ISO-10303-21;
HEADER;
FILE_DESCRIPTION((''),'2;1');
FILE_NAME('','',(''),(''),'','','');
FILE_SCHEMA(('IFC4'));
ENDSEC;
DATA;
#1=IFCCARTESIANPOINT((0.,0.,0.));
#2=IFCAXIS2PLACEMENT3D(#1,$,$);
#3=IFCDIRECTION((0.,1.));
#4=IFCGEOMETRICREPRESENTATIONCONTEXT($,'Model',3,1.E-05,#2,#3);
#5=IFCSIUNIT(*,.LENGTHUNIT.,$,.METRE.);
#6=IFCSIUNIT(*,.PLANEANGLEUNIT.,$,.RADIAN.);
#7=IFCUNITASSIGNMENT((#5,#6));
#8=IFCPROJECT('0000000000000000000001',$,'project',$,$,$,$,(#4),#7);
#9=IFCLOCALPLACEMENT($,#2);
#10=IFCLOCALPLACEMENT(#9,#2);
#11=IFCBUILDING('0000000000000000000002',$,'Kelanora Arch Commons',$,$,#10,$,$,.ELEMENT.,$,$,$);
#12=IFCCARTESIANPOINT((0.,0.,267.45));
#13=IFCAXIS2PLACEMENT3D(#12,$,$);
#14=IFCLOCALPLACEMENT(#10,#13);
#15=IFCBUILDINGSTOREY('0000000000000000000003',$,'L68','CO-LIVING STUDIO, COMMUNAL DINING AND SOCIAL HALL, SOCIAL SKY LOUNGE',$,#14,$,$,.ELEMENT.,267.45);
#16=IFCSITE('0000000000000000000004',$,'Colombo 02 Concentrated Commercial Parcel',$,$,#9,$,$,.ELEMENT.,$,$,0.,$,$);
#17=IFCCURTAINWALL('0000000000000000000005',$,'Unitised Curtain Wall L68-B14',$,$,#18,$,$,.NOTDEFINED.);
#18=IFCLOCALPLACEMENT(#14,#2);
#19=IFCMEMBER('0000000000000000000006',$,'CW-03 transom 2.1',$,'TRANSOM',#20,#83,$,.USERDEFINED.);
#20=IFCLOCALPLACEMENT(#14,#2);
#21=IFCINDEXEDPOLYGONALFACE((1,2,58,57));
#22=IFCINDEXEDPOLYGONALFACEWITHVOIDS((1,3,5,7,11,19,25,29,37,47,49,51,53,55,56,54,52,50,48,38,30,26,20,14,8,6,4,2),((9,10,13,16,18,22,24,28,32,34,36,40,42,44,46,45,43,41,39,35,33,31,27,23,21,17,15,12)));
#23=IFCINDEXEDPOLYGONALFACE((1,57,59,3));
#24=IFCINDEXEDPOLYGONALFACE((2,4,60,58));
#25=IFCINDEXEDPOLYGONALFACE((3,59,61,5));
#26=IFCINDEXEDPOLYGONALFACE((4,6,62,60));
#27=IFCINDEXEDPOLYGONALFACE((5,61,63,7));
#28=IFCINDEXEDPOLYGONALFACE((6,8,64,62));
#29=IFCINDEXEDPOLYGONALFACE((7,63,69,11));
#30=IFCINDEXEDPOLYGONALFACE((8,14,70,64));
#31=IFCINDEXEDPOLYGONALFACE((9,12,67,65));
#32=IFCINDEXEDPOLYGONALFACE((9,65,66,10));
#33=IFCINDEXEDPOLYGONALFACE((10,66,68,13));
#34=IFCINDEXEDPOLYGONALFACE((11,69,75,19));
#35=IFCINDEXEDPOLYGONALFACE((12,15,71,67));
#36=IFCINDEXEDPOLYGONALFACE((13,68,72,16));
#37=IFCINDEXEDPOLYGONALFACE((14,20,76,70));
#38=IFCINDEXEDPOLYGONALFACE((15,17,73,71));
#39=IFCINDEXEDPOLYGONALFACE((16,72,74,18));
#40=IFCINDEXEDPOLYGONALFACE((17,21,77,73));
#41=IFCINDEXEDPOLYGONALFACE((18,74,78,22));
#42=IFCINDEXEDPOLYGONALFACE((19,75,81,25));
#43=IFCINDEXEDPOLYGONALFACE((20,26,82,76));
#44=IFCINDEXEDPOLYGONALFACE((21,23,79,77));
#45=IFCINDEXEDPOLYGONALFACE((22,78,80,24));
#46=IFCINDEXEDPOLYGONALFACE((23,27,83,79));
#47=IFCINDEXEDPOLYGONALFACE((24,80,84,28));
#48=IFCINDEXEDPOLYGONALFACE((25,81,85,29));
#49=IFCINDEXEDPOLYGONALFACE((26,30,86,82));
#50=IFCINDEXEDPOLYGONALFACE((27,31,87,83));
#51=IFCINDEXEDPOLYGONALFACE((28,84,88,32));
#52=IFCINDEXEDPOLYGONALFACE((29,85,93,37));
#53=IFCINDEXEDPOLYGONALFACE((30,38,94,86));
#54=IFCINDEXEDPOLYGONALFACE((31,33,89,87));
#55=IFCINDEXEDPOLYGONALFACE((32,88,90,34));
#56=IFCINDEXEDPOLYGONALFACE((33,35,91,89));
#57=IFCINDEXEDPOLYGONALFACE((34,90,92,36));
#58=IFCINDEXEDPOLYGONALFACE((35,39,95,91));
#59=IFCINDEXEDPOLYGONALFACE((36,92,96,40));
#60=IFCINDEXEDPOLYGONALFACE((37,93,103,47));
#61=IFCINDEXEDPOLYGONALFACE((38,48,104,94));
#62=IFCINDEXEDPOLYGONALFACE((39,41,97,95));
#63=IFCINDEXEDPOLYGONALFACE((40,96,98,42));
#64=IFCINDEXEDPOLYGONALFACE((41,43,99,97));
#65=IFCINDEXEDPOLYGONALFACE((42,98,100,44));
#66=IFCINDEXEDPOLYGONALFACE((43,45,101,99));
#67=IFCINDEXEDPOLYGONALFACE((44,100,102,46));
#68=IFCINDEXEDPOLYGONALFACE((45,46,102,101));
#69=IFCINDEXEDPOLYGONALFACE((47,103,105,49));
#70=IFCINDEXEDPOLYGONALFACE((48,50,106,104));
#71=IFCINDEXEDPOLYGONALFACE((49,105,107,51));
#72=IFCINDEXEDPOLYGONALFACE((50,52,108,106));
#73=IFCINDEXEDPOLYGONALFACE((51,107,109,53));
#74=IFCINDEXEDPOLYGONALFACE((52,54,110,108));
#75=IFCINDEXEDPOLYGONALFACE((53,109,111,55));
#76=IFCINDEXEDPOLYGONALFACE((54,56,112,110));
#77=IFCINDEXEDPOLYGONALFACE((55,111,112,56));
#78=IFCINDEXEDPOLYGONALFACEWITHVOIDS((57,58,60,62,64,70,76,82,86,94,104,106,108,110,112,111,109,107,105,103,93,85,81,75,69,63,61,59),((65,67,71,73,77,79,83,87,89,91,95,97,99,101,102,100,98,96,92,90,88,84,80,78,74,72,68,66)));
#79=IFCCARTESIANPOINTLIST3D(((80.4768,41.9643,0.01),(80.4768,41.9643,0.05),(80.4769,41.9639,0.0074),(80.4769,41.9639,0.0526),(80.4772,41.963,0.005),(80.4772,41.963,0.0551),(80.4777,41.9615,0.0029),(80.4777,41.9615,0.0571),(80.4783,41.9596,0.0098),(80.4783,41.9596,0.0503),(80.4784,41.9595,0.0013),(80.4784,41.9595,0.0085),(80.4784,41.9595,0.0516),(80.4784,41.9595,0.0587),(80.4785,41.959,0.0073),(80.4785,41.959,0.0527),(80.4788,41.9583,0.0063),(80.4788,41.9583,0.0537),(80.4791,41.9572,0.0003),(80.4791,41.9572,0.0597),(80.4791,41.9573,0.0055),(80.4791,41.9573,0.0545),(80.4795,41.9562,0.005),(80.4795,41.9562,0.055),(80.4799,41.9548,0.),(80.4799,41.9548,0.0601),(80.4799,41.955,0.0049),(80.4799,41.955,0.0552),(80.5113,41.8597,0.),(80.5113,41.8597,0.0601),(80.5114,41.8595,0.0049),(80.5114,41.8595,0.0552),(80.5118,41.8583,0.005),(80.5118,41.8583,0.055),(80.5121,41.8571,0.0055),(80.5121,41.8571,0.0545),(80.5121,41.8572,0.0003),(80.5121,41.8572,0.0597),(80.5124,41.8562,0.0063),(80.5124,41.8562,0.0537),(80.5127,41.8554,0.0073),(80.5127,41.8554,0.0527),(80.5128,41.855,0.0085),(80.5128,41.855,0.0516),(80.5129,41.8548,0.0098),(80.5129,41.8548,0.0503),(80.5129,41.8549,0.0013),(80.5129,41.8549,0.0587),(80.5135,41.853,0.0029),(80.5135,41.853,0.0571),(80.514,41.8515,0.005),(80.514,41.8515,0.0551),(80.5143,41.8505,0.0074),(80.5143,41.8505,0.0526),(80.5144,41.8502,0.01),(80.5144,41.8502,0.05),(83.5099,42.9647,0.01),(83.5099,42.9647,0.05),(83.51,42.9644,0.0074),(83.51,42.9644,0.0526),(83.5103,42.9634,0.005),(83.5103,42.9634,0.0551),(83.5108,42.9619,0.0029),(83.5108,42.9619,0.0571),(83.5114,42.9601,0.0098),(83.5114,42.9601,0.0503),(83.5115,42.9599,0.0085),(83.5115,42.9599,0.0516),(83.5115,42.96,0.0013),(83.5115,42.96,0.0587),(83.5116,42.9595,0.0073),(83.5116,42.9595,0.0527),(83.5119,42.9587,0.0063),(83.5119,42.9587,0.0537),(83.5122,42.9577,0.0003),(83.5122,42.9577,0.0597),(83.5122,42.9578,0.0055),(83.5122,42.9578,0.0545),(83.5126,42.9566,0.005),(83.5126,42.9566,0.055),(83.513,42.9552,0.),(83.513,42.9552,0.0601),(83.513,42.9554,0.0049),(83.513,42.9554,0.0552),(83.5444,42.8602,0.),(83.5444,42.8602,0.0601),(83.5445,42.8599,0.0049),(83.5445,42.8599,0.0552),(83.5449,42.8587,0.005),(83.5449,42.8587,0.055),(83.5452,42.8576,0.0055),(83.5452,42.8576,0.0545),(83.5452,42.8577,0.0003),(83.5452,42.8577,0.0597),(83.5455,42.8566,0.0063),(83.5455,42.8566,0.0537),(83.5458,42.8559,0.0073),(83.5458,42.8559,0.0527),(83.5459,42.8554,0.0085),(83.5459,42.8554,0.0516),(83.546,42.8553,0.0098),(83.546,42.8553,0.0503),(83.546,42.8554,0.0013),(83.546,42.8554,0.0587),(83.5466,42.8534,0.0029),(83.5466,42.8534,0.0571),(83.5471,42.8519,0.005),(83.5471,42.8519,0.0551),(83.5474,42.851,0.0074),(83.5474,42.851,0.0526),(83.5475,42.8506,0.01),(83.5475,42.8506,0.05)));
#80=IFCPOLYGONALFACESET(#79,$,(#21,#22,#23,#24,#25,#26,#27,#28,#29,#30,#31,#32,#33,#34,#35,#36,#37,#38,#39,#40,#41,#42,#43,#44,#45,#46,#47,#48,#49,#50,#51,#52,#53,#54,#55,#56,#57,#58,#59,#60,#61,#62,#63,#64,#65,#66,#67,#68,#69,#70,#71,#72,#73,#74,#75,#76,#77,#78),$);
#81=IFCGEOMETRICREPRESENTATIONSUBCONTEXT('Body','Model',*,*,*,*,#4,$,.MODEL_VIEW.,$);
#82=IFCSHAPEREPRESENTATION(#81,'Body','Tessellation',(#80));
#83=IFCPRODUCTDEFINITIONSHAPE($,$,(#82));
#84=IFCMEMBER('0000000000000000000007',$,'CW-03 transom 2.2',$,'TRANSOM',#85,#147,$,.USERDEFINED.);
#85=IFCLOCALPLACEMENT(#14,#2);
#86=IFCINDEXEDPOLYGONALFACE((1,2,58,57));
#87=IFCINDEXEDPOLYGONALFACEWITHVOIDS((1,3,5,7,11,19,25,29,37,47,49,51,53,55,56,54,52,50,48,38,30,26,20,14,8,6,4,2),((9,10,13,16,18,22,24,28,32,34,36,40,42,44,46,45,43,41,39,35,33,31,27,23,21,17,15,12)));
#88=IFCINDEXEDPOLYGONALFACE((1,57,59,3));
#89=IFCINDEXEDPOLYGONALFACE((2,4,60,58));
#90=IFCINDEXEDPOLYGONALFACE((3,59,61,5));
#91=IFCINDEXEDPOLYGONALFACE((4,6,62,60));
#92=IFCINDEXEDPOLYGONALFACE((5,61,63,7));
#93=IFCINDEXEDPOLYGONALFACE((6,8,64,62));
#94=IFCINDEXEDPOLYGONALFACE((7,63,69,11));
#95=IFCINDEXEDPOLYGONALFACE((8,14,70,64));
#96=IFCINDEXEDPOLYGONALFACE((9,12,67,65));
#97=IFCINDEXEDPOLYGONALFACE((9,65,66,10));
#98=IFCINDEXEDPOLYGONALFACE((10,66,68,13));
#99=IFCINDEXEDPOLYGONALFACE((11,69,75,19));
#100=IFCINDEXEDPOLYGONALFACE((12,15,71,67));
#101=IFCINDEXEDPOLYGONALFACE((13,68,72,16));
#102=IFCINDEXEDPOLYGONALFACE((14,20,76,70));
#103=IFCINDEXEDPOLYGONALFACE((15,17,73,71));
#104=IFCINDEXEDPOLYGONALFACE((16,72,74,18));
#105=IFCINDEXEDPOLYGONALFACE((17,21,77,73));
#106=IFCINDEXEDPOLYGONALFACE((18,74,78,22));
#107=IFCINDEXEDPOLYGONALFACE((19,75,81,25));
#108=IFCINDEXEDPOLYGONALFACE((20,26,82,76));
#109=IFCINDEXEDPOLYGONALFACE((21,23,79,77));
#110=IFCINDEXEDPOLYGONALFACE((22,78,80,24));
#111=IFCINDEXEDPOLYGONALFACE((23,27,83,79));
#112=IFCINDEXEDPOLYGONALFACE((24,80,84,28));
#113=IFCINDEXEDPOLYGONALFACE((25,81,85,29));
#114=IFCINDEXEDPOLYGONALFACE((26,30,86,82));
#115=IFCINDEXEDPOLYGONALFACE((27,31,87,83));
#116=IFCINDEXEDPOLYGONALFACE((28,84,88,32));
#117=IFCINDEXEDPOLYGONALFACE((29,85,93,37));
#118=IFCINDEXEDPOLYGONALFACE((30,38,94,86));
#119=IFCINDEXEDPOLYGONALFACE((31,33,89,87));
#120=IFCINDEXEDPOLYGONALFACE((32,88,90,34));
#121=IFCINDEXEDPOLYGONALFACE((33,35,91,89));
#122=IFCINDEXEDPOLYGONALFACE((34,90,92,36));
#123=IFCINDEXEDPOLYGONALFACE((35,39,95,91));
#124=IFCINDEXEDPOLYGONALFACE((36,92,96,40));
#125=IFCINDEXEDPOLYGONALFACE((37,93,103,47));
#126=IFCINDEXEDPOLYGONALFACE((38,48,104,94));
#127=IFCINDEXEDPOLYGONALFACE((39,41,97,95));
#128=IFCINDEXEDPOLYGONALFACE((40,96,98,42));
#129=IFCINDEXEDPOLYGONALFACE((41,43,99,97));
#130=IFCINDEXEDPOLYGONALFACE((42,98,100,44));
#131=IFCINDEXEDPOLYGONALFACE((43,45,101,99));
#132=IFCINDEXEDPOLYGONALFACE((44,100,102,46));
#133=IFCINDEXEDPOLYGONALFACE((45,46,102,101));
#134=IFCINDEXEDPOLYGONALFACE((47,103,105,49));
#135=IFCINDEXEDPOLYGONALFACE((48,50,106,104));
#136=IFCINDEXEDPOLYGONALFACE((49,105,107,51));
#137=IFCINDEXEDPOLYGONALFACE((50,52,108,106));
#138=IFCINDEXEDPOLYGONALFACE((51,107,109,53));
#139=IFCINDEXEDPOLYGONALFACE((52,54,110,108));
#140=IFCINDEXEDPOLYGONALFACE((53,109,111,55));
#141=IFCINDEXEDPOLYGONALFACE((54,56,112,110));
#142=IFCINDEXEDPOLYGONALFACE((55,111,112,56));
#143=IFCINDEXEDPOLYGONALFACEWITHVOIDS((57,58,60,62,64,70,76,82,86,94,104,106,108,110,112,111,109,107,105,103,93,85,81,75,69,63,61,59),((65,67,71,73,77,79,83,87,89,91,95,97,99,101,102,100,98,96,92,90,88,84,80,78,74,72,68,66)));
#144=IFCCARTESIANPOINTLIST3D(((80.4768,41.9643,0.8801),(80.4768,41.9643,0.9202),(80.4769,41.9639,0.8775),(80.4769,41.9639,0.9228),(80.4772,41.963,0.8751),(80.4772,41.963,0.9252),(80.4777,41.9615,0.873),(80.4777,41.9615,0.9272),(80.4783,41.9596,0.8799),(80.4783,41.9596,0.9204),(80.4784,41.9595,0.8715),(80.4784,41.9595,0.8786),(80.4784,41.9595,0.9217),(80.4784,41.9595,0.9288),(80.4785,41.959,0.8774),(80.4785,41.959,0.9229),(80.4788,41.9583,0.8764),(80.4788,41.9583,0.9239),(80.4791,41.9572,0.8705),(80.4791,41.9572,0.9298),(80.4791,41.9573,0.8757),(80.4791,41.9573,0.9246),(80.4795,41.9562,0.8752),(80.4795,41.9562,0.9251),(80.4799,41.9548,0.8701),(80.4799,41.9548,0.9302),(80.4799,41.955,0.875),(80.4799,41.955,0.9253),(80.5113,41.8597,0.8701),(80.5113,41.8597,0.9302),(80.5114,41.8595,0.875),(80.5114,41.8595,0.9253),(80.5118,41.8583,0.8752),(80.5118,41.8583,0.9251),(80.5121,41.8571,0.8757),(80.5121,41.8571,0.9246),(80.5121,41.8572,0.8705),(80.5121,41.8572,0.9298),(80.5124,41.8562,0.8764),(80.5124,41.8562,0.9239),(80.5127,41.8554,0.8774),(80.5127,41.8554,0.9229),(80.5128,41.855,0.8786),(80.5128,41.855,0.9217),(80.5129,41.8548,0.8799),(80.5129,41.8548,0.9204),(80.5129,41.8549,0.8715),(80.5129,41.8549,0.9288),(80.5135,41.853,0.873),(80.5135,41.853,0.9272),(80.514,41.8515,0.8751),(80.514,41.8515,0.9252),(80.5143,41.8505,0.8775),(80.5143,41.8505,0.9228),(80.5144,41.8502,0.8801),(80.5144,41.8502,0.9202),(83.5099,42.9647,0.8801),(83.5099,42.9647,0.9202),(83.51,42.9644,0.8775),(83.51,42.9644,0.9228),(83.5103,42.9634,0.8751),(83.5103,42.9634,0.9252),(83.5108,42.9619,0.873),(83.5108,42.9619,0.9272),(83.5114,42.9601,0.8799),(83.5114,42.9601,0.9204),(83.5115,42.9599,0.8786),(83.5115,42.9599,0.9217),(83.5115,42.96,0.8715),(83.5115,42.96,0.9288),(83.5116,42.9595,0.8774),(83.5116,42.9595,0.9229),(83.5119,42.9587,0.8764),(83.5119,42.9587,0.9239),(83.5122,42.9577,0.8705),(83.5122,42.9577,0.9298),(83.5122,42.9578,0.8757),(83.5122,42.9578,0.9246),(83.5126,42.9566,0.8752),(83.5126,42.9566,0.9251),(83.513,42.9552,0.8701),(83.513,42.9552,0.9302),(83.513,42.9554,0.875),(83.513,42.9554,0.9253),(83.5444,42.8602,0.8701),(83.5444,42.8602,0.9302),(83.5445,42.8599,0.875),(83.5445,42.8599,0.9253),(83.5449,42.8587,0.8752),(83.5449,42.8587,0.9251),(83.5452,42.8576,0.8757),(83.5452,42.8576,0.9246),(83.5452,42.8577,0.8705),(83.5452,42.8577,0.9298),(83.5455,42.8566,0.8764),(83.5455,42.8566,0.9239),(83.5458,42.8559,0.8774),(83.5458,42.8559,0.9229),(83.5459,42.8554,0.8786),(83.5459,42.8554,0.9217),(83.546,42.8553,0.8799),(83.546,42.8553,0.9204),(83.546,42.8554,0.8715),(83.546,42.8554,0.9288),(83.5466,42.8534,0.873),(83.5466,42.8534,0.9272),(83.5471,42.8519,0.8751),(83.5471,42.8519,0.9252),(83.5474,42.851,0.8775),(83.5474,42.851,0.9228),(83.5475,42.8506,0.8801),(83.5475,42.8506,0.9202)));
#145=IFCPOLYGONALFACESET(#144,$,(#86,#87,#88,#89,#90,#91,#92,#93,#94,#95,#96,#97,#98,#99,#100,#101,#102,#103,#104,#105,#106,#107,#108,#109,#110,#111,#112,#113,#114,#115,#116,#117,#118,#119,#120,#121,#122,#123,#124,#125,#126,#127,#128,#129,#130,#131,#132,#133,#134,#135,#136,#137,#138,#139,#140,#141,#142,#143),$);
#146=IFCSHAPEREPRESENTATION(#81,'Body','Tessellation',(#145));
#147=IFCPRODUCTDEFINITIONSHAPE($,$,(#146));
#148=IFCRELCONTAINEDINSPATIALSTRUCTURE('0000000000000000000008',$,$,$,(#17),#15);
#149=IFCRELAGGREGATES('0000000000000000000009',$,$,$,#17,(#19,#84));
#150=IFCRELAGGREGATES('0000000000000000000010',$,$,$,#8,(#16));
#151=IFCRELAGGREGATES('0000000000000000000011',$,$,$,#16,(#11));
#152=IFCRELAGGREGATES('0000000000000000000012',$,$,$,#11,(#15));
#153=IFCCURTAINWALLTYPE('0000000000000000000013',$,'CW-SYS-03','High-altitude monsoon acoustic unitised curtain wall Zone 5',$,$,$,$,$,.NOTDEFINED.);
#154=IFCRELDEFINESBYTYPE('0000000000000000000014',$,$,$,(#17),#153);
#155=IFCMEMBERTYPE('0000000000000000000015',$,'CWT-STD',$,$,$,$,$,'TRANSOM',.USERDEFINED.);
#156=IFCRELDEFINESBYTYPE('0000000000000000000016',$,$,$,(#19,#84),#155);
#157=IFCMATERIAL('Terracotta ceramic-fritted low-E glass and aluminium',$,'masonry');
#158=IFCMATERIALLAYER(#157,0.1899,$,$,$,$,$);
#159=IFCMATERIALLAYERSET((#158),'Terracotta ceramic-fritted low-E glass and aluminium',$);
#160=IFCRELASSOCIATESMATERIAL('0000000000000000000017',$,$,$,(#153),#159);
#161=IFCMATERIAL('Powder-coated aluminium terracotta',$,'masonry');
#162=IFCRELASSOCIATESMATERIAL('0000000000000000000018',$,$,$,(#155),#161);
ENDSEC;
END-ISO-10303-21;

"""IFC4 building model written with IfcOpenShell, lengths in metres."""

from ifc_helpers import new_model, si_unit, direction, frame, origin, origin_2d, place, context, subcontext, project, spatial, hollow_rectangle, extrude, material, layer, layer_set, material_profile, profile_set, type_object, element, aggregate, save


model = new_model("IFC4")

# Units and contexts
model_context = context("Model", 3, precision=1e-05, world=origin(), true_north=direction((0.0, 1.0)))
body_context = subcontext(model_context, "Body", "Model", "MODEL_VIEW")
ifc_project = project(units=[si_unit("LENGTHUNIT", "METRE"), si_unit("PLANEANGLEUNIT", "RADIAN")], contexts=[model_context])

# Site, building, storey
site_placement = place(None, origin())
site = spatial("IfcSite", under=ifc_project, at=site_placement, Name="Colombo 02 Concentrated Commercial Parcel", CompositionType="ELEMENT", RefElevation=0.0)
building_placement = place(site_placement, origin())
building = spatial("IfcBuilding", under=site, at=building_placement, Name="Kelanora Arch Commons", CompositionType="ELEMENT")
storey_placement = place(building_placement, frame((0.0, 0.0, 267.45)))
storey = spatial("IfcBuildingStorey", under=building, at=storey_placement, Name="L68", Description="CO-LIVING STUDIO, COMMUNAL DINING AND SOCIAL HALL, SOCIAL SKY LOUNGE", CompositionType="ELEMENT", Elevation=267.45)

# Curtain wall, members
ifc_material_1 = material(Name="Terracotta ceramic-fritted low-E glass and aluminium", Category="masonry")
ifc_layer_1 = layer(ifc_material_1, 0.1899)
ifc_layer_set_1 = layer_set([ifc_layer_1], Name="Terracotta ceramic-fritted low-E glass and aluminium")
curtain_wall_type = type_object("IfcCurtainWallType", Name="CW-SYS-03", Description="High-altitude monsoon acoustic unitised curtain wall Zone 5", PredefinedType="NOTDEFINED", material=ifc_layer_set_1)
curtain_wall_placement = place(storey_placement, origin())
curtain_wall = element("IfcCurtainWall", 1, at=curtain_wall_placement, inside=storey, type_object=curtain_wall_type, Name="Unitised Curtain Wall L68-B14", PredefinedType="NOTDEFINED")
ifc_material_2 = material(Name="Powder-coated aluminium terracotta", Category="masonry")
ifc_material_profile_1 = material_profile(ifc_material_2, hollow_rectangle(XDim=0.1201, YDim=0.0601, WallThickness=0.0049, InnerFilletRadius=0.0049, OuterFilletRadius=0.01, at=origin_2d()), Name="CWT120x60")
ifc_profile_set_1 = profile_set([ifc_material_profile_1], Name="Powder-coated aluminium terracotta")
member_type_1 = type_object("IfcMemberType", Name="CWT-STD", ElementType="TRANSOM", PredefinedType="USERDEFINED", material=ifc_profile_set_1)
member_1_placement = place(storey_placement, frame((80.4956, 41.9072, 0.03), z_axis=(0.949672, 0.313245, 0.0), x_axis=(-0.313245, 0.949672, 0.0)))
member_1 = element("IfcMember", 2, at=member_1_placement, type_object=member_type_1, Name="CW-03 transom 2.1", ObjectType="TRANSOM", PredefinedType="USERDEFINED", context=body_context, shape_type="SweptSolid", body=[
    extrude(hollow_rectangle(XDim=0.1201, YDim=0.0601, WallThickness=0.0049, InnerFilletRadius=0.0049, OuterFilletRadius=0.01, at=origin_2d()), origin(), (0.0, 0.0, 1.0), 3.1938),
])
member_2_placement = place(storey_placement, frame((80.4956, 41.9072, 0.9001), z_axis=(0.949672, 0.313245, 0.0), x_axis=(-0.313245, 0.949672, 0.0)))
member_2 = element("IfcMember", 3, at=member_2_placement, type_object=member_type_1, Name="CW-03 transom 2.2", ObjectType="TRANSOM", PredefinedType="USERDEFINED", context=body_context, shape_type="SweptSolid", body=[
    extrude(hollow_rectangle(XDim=0.1201, YDim=0.0601, WallThickness=0.0049, InnerFilletRadius=0.0049, OuterFilletRadius=0.01, at=origin_2d()), origin(), (0.0, 0.0, 1.0), 3.1938),
])
aggregate(curtain_wall, [member_1, member_2])

save(model, "model.ifc")
